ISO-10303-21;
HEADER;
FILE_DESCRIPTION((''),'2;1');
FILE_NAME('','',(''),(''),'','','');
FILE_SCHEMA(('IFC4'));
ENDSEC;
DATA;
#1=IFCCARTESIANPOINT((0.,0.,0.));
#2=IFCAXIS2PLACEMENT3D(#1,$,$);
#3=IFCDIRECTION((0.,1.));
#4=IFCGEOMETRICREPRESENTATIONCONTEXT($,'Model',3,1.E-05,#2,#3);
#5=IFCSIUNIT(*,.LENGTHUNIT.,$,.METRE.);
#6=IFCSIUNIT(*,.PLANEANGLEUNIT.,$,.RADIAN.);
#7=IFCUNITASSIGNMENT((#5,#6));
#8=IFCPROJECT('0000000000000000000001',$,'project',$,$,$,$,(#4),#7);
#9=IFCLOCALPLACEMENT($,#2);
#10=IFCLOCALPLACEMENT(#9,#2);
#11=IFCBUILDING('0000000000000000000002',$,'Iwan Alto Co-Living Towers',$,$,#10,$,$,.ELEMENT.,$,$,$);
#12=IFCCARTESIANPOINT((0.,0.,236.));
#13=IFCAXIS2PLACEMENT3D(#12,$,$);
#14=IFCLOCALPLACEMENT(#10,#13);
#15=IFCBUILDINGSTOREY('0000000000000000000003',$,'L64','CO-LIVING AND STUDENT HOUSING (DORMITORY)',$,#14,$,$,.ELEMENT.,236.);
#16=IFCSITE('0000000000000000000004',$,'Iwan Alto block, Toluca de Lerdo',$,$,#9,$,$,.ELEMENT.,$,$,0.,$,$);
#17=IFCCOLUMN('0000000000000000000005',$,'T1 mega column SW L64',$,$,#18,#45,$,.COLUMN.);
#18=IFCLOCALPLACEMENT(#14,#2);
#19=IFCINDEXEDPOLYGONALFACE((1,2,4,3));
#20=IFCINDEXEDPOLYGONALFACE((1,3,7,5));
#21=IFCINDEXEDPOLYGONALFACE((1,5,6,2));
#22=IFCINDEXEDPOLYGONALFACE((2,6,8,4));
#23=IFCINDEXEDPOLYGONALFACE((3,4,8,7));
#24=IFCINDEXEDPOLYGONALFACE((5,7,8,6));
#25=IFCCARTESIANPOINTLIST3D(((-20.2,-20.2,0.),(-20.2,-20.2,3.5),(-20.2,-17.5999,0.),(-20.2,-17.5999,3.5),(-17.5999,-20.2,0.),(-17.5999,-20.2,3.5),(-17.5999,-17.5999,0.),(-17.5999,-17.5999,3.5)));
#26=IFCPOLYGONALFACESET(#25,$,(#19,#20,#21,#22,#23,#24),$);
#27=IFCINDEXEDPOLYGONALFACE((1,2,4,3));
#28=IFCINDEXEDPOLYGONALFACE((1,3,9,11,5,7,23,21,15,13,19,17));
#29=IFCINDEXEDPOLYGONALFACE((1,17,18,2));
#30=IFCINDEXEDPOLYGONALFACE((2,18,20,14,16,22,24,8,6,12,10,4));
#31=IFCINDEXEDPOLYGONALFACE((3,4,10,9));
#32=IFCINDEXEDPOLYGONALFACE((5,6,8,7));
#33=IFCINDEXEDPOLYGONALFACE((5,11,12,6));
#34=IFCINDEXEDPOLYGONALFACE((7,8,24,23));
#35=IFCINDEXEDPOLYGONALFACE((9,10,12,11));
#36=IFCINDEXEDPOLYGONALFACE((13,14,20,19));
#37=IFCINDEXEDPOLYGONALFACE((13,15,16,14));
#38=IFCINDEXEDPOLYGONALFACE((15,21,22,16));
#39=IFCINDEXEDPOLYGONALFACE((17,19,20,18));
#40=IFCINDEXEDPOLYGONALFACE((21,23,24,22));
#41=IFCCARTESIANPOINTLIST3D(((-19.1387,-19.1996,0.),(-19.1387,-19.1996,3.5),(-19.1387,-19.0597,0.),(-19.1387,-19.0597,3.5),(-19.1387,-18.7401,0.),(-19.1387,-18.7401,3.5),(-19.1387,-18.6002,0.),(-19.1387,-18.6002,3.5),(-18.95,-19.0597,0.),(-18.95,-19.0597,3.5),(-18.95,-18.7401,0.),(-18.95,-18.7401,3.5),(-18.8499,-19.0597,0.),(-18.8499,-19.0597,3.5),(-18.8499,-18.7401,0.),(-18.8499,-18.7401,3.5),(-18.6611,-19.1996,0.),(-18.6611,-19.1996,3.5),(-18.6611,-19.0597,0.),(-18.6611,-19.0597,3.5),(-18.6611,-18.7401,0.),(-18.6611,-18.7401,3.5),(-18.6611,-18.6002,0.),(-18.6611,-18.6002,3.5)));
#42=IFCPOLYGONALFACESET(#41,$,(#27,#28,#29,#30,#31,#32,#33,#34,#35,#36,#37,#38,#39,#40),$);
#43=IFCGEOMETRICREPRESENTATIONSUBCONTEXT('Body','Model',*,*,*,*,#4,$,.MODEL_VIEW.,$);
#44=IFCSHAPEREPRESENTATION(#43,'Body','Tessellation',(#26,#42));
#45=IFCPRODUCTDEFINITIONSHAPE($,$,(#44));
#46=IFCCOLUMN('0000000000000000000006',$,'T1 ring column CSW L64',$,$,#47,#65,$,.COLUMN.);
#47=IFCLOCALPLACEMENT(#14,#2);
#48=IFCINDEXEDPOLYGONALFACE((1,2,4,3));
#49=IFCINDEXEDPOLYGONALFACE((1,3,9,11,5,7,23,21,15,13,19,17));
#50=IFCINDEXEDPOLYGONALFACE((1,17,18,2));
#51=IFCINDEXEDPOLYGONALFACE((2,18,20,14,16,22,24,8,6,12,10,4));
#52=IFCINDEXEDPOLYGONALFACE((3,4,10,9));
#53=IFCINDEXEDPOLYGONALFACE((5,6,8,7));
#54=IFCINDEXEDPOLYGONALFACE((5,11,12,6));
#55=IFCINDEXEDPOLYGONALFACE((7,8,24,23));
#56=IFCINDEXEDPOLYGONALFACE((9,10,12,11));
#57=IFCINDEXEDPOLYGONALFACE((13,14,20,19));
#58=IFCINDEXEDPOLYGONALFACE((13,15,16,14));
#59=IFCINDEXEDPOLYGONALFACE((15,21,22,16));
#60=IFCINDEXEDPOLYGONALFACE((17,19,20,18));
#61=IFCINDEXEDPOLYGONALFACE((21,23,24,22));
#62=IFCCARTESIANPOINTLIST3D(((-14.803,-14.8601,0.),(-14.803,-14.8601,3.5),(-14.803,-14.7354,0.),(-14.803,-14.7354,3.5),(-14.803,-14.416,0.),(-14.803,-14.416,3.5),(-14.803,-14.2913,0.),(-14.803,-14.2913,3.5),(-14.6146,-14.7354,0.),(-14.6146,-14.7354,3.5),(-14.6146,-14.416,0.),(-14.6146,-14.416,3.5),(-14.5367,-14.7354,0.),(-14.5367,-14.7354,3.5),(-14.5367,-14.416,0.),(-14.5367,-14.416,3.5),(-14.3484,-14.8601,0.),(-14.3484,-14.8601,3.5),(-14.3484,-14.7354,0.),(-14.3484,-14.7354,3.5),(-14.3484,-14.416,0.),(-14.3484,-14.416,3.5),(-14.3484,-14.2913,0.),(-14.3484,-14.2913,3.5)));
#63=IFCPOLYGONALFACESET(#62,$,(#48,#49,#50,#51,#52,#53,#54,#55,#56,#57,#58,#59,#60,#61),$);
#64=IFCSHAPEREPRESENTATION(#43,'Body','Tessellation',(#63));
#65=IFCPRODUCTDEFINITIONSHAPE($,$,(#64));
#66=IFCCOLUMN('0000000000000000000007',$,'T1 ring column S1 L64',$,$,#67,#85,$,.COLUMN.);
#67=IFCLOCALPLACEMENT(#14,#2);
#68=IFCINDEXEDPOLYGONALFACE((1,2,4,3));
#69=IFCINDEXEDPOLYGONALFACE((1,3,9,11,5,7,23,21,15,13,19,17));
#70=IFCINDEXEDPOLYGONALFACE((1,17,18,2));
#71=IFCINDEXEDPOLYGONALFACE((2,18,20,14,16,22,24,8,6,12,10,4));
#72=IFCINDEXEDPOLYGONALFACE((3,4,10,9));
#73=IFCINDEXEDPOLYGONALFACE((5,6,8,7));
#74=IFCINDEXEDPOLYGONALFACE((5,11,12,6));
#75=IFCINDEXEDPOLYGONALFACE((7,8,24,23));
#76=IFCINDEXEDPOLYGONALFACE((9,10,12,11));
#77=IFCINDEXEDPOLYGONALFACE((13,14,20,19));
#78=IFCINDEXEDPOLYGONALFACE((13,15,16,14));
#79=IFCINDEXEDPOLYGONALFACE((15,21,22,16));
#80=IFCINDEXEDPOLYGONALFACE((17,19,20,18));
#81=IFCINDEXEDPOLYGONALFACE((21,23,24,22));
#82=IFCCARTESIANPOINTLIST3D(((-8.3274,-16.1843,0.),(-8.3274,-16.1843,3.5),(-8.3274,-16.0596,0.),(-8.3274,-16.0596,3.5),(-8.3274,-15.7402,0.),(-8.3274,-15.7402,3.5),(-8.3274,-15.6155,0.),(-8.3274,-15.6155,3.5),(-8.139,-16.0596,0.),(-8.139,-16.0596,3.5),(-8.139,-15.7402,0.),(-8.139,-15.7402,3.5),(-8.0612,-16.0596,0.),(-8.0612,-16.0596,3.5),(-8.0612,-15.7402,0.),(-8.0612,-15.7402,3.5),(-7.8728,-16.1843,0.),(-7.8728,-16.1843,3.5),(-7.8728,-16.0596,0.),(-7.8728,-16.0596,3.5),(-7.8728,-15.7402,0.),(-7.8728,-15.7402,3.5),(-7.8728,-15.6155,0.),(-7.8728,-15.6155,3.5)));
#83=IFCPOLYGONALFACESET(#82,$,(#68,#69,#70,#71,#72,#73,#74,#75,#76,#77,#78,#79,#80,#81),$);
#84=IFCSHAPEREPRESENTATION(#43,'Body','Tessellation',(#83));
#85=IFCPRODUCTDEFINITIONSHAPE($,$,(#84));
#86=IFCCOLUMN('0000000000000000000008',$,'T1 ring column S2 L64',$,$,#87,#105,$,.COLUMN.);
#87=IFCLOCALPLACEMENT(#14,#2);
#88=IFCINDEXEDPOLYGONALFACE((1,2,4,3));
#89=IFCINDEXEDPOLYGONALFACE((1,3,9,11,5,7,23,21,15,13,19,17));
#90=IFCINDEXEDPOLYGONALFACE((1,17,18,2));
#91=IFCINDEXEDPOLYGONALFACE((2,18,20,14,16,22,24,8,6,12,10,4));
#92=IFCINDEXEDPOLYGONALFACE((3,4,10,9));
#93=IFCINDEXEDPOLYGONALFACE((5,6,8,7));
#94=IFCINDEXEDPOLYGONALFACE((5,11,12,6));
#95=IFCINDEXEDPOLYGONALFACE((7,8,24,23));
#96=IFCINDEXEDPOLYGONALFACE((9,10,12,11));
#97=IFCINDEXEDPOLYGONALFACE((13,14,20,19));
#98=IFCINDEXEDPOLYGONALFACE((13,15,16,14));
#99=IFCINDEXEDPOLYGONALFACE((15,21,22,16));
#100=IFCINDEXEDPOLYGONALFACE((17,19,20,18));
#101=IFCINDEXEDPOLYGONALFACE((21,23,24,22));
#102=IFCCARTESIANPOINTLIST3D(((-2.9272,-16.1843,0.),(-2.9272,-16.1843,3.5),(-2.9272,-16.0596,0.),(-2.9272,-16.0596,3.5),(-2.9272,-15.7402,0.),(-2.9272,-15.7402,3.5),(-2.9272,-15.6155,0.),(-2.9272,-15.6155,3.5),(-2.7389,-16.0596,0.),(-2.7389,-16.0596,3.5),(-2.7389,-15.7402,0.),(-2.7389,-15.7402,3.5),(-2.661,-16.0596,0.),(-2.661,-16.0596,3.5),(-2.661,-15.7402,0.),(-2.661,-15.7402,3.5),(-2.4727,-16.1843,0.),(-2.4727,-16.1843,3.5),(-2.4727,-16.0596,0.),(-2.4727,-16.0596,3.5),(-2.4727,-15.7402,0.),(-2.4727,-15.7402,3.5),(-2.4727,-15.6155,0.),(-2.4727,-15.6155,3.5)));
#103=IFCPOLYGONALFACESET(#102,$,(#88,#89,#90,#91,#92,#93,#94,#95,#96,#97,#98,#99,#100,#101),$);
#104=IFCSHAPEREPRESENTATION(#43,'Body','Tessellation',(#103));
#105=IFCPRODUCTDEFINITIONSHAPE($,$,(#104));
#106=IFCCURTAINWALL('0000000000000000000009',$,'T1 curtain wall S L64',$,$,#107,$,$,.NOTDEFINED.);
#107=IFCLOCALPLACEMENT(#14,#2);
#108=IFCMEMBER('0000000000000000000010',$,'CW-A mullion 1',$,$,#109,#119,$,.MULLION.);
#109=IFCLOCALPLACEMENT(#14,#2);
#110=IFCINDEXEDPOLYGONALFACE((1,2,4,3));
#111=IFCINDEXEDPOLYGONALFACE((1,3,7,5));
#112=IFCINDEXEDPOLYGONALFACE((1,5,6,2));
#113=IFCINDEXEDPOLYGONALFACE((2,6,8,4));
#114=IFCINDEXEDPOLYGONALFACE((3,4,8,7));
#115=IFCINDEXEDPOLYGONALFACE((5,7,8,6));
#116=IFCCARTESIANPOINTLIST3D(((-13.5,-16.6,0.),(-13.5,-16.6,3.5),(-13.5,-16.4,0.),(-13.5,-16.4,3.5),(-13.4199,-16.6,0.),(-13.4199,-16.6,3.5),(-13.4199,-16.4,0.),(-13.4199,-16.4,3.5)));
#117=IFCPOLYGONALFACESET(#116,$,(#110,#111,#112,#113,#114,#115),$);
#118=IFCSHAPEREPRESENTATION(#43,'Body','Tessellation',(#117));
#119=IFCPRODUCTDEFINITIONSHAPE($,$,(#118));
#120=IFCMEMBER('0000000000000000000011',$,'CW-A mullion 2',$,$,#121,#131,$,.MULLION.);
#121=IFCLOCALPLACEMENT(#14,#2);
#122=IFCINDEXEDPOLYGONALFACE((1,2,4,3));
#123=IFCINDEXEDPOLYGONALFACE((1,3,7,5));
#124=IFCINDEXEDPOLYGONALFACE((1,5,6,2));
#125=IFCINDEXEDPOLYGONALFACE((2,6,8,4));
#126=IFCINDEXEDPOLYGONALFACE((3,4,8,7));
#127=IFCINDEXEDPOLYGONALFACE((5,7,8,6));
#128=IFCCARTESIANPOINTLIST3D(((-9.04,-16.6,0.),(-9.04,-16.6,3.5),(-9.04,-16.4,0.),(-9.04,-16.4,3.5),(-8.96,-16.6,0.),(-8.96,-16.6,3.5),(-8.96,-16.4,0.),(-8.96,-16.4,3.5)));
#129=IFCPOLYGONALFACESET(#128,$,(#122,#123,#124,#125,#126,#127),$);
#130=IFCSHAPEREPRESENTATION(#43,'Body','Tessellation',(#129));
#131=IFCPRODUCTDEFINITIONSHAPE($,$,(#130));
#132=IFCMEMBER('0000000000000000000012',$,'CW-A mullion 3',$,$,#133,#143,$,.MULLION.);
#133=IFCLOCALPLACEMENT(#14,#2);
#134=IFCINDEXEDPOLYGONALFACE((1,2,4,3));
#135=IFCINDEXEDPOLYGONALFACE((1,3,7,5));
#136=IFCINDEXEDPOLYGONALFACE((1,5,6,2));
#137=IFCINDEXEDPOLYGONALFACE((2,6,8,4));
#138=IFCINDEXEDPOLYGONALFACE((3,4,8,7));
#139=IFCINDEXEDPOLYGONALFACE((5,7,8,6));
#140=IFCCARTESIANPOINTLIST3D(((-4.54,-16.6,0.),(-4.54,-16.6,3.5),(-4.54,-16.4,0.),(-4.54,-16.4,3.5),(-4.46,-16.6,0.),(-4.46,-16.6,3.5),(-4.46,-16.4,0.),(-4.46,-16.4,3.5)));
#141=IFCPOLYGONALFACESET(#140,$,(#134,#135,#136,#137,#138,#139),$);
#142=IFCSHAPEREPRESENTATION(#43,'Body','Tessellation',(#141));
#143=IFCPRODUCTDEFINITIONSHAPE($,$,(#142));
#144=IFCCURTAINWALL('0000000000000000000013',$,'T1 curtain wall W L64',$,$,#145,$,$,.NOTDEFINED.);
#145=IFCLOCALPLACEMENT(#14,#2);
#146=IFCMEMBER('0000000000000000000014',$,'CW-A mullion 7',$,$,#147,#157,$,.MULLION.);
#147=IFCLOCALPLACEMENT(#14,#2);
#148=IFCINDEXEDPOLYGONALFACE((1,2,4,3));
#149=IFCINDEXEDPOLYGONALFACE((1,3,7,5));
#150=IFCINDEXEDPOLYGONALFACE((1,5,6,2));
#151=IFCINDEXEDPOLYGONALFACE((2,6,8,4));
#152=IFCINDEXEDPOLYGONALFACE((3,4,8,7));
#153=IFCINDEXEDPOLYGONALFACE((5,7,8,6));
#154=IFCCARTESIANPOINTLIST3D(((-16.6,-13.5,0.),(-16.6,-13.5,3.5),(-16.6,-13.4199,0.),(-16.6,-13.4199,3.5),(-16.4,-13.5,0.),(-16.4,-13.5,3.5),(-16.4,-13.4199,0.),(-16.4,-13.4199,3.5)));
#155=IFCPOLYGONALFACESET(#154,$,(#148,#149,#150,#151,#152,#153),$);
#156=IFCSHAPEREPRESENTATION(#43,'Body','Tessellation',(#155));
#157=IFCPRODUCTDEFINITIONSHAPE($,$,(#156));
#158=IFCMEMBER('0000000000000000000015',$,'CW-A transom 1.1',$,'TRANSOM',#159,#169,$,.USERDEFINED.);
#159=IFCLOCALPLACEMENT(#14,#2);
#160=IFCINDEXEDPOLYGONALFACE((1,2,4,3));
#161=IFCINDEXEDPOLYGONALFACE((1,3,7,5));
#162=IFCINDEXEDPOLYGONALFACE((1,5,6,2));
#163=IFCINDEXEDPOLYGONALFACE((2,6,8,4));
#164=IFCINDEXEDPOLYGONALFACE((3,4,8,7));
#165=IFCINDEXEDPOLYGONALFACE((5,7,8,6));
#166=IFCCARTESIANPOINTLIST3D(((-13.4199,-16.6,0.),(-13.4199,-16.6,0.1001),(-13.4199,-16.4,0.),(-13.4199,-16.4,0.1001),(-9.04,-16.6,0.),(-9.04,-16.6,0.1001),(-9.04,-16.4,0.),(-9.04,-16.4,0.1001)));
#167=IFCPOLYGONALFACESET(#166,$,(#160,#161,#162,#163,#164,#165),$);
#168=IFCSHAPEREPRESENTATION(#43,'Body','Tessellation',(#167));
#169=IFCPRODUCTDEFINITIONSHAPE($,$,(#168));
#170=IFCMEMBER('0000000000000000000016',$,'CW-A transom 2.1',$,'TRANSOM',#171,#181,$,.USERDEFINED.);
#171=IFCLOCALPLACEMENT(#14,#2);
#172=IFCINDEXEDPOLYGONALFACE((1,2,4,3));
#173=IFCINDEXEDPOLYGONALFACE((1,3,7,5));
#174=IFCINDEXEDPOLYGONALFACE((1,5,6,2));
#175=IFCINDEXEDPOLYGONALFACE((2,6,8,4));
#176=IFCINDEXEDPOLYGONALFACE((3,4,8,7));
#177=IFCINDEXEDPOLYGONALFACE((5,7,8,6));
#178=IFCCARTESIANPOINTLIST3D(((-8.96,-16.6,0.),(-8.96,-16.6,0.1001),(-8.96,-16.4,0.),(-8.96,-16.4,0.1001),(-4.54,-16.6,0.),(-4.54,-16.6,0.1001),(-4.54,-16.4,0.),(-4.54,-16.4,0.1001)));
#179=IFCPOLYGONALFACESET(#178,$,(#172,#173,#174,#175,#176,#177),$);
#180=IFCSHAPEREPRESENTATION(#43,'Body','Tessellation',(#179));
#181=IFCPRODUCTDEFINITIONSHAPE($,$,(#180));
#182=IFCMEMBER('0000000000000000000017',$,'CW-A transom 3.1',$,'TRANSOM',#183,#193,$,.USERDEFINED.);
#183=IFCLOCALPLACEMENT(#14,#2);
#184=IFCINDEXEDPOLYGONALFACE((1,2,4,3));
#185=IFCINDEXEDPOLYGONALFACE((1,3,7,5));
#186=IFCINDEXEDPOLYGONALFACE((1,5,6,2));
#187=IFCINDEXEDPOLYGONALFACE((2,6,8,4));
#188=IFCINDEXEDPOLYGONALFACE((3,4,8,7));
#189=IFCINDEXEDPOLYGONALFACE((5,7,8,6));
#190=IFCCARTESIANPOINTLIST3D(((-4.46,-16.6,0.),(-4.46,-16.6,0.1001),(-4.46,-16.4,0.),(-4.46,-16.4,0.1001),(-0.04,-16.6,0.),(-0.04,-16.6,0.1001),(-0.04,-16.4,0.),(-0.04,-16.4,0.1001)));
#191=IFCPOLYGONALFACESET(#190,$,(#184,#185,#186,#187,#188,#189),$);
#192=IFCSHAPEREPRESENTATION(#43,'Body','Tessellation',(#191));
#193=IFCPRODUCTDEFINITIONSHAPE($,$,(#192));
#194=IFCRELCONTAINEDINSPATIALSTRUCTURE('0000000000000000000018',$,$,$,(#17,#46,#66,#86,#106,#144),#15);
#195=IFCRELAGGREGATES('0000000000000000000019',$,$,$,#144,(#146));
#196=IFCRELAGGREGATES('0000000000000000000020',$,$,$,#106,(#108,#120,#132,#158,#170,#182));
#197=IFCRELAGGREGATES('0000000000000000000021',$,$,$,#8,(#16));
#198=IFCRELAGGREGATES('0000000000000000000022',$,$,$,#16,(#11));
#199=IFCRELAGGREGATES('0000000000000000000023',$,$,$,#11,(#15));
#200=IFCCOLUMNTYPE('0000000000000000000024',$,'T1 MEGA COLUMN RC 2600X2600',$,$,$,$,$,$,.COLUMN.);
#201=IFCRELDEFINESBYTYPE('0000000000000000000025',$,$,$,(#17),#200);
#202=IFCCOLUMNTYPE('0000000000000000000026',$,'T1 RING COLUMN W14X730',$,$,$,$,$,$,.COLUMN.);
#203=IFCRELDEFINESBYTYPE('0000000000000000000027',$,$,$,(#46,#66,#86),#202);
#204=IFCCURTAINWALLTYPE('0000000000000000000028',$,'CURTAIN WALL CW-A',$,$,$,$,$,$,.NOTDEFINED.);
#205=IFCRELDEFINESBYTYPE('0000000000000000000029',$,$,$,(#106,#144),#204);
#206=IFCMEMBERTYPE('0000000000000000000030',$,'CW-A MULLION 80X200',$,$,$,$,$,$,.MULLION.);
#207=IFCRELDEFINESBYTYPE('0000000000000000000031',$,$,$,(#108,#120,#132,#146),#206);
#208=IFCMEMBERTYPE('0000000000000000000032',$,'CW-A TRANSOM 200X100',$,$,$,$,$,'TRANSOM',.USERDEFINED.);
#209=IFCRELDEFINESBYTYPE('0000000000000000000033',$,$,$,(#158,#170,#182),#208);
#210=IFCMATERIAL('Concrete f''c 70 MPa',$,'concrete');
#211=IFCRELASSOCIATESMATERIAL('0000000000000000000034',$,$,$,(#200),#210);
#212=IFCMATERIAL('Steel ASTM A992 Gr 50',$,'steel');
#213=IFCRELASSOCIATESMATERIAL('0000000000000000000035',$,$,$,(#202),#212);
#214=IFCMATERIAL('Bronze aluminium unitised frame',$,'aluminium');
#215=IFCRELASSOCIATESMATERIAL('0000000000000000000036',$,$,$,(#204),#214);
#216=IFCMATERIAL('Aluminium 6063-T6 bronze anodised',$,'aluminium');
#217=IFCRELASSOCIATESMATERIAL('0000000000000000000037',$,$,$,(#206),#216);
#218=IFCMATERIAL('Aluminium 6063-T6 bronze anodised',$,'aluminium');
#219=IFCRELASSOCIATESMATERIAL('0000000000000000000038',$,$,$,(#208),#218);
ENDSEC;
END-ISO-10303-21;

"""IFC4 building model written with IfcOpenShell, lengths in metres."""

from ifc_helpers import new_model, si_unit, direction, frame, origin, origin_2d, place, context, subcontext, project, spatial, rectangle, i_section, extrude, material, material_profile, profile_set, type_object, element, aggregate, save


model = new_model("IFC4")

# Units and contexts
model_context = context("Model", 3, precision=1e-05, world=origin(), true_north=direction((0.0, 1.0)))
body_context = subcontext(model_context, "Body", "Model", "MODEL_VIEW")
ifc_project = project(units=[si_unit("LENGTHUNIT", "METRE"), si_unit("PLANEANGLEUNIT", "RADIAN")], contexts=[model_context])

# Site, building, storey
site_placement = place(None, origin())
site = spatial("IfcSite", under=ifc_project, at=site_placement, Name="Iwan Alto block, Toluca de Lerdo", CompositionType="ELEMENT", RefElevation=0.0)
building_placement = place(site_placement, origin())
building = spatial("IfcBuilding", under=site, at=building_placement, Name="Iwan Alto Co-Living Towers", CompositionType="ELEMENT")
storey_placement = place(building_placement, frame((0.0, 0.0, 236.0)))
storey = spatial("IfcBuildingStorey", under=building, at=storey_placement, Name="L64", Description="CO-LIVING AND STUDENT HOUSING (DORMITORY)", CompositionType="ELEMENT", Elevation=236.0)

# Columns
ifc_material_1 = material(Name="Concrete f'c 70 MPa", Category="concrete")
ifc_material_profile_1 = material_profile(ifc_material_1, rectangle(XDim=2.6001, YDim=2.6001, at=origin_2d()), Name="RC 2600X2600")
ifc_profile_set_1 = profile_set([ifc_material_profile_1], Name="Concrete f'c 70 MPa")
column_type_1 = type_object("IfcColumnType", Name="T1 MEGA COLUMN RC 2600X2600", PredefinedType="COLUMN", material=ifc_profile_set_1)
column_placement = place(storey_placement, frame((-18.8999, -18.8999, 0.0), z_axis=(0.0, 0.0, 1.0), x_axis=(1.0, 0.0, 0.0)))
element("IfcColumn", 1, at=column_placement, inside=storey, type_object=column_type_1, Name="T1 mega column SW L64", PredefinedType="COLUMN", context=body_context, shape_type="SweptSolid", body=[
    extrude(rectangle(XDim=2.6001, YDim=2.6001, at=origin_2d()), origin(), (0.0, 0.0, 1.0), 3.5),
    extrude(i_section(OverallWidth=0.4775, OverallDepth=0.5994, WebThickness=0.1001, FlangeThickness=0.1399, at=origin_2d()), origin(), (0.0, 0.0, 1.0), 3.5),
])
ifc_material_2 = material(Name="Steel ASTM A992 Gr 50", Category="steel")
ifc_material_profile_2 = material_profile(ifc_material_2, i_section(OverallWidth=0.4546, OverallDepth=0.5688, WebThickness=0.0779, FlangeThickness=0.1248, at=origin_2d()), Name="W14X730")
ifc_profile_set_2 = profile_set([ifc_material_profile_2], Name="Steel ASTM A992 Gr 50")
column_type_2 = type_object("IfcColumnType", Name="T1 RING COLUMN W14X730", PredefinedType="COLUMN", material=ifc_profile_set_2)
for number, where, z_axis, x_axis, name in (
    (2, (-14.5757, -14.5757, 0.0), (0.0, 0.0, 1.0), (1.0, 0.0, 0.0), "T1 ring column CSW L64"),
    (3, (-8.1001, -15.8999, 0.0), (0.0, 0.0, 1.0), (1.0, 0.0, 0.0), "T1 ring column S1 L64"),
    (4, (-2.7, -15.8999, 0.0), (0.0, 0.0, 1.0), (1.0, 0.0, 0.0), "T1 ring column S2 L64"),
):
    element("IfcColumn", number, at=place(storey_placement, frame(where, z_axis=z_axis, x_axis=x_axis)), inside=storey, type_object=column_type_2, Name=name, PredefinedType="COLUMN", context=body_context, shape_type="SweptSolid", body=[
        extrude(i_section(OverallWidth=0.4546, OverallDepth=0.5688, WebThickness=0.0779, FlangeThickness=0.1248, at=origin_2d()), origin(), (0.0, 0.0, 1.0), 3.5),
    ])

# Curtain wall, members
ifc_material_3 = material(Name="Bronze aluminium unitised frame", Category="aluminium")
curtain_wall_type_1 = type_object("IfcCurtainWallType", Name="CURTAIN WALL CW-A", PredefinedType="NOTDEFINED", material=ifc_material_3)
curtain_wall_1_placement = place(storey_placement, origin())
curtain_wall_1 = element("IfcCurtainWall", 5, at=curtain_wall_1_placement, inside=storey, type_object=curtain_wall_type_1, Name="T1 curtain wall S L64", PredefinedType="NOTDEFINED")
ifc_material_4 = material(Name="Aluminium 6063-T6 bronze anodised", Category="aluminium")
ifc_material_profile_3 = material_profile(ifc_material_4, rectangle(XDim=0.2, YDim=0.0801, at=origin_2d()), Name="AL 80X200")
ifc_profile_set_3 = profile_set([ifc_material_profile_3], Name="Aluminium 6063-T6 bronze anodised")
member_type_1 = type_object("IfcMemberType", Name="CW-A MULLION 80X200", PredefinedType="MULLION", material=ifc_profile_set_3)
member_1_placement = place(storey_placement, frame((-13.46, -16.5, 0.0), z_axis=(0.0, 0.0, 1.0), x_axis=(0.0, 1.0, 0.0)))
member_1 = element("IfcMember", 6, at=member_1_placement, type_object=member_type_1, Name="CW-A mullion 1", PredefinedType="MULLION", context=body_context, shape_type="SweptSolid", body=[
    extrude(rectangle(XDim=0.2, YDim=0.0801, at=origin_2d()), origin(), (0.0, 0.0, 1.0), 3.5),
])
member_2_placement = place(storey_placement, frame((-9.0, -16.5, 0.0), z_axis=(0.0, 0.0, 1.0), x_axis=(0.0, 1.0, 0.0)))
member_2 = element("IfcMember", 7, at=member_2_placement, type_object=member_type_1, Name="CW-A mullion 2", PredefinedType="MULLION", context=body_context, shape_type="SweptSolid", body=[
    extrude(rectangle(XDim=0.2, YDim=0.0801, at=origin_2d()), origin(), (0.0, 0.0, 1.0), 3.5),
])
member_3_placement = place(storey_placement, frame((-4.5, -16.5, 0.0), z_axis=(0.0, 0.0, 1.0), x_axis=(0.0, 1.0, 0.0)))
member_3 = element("IfcMember", 8, at=member_3_placement, type_object=member_type_1, Name="CW-A mullion 3", PredefinedType="MULLION", context=body_context, shape_type="SweptSolid", body=[
    extrude(rectangle(XDim=0.2, YDim=0.0801, at=origin_2d()), origin(), (0.0, 0.0, 1.0), 3.5),
])

# Curtain wall, member
curtain_wall_2_placement = place(storey_placement, origin())
curtain_wall_2 = element("IfcCurtainWall", 9, at=curtain_wall_2_placement, inside=storey, type_object=curtain_wall_type_1, Name="T1 curtain wall W L64", PredefinedType="NOTDEFINED")
member_4_placement = place(storey_placement, frame((-16.5, -13.46, 0.0), z_axis=(0.0, 0.0, 1.0), x_axis=(1.0, 0.0, 0.0)))
member_4 = element("IfcMember", 10, at=member_4_placement, type_object=member_type_1, Name="CW-A mullion 7", PredefinedType="MULLION", context=body_context, shape_type="SweptSolid", body=[
    extrude(rectangle(XDim=0.2, YDim=0.0801, at=origin_2d()), origin(), (0.0, 0.0, 1.0), 3.5),
])
aggregate(curtain_wall_2, [member_4])

# Members
ifc_material_5 = material(Name="Aluminium 6063-T6 bronze anodised", Category="aluminium")
ifc_material_profile_4 = material_profile(ifc_material_5, rectangle(XDim=0.2, YDim=0.1001, at=origin_2d()), Name="AL 200X100")
ifc_profile_set_4 = profile_set([ifc_material_profile_4], Name="Aluminium 6063-T6 bronze anodised")
member_type_2 = type_object("IfcMemberType", Name="CW-A TRANSOM 200X100", ElementType="TRANSOM", PredefinedType="USERDEFINED", material=ifc_profile_set_4)
member_5_placement = place(storey_placement, frame((-13.4199, -16.5, 0.05), z_axis=(1.0, 0.0, 0.0), x_axis=(0.0, 1.0, 0.0)))
member_5 = element("IfcMember", 11, at=member_5_placement, type_object=member_type_2, Name="CW-A transom 1.1", ObjectType="TRANSOM", PredefinedType="USERDEFINED", context=body_context, shape_type="SweptSolid", body=[
    extrude(rectangle(XDim=0.2, YDim=0.1001, at=origin_2d()), origin(), (0.0, 0.0, 1.0), 4.3799),
])
member_6_placement = place(storey_placement, frame((-8.96, -16.5, 0.05), z_axis=(1.0, 0.0, 0.0), x_axis=(0.0, 1.0, 0.0)))
member_6 = element("IfcMember", 12, at=member_6_placement, type_object=member_type_2, Name="CW-A transom 2.1", ObjectType="TRANSOM", PredefinedType="USERDEFINED", context=body_context, shape_type="SweptSolid", body=[
    extrude(rectangle(XDim=0.2, YDim=0.1001, at=origin_2d()), origin(), (0.0, 0.0, 1.0), 4.4199),
])
member_7_placement = place(storey_placement, frame((-4.46, -16.5, 0.05), z_axis=(1.0, 0.0, 0.0), x_axis=(0.0, 1.0, 0.0)))
member_7 = element("IfcMember", 13, at=member_7_placement, type_object=member_type_2, Name="CW-A transom 3.1", ObjectType="TRANSOM", PredefinedType="USERDEFINED", context=body_context, shape_type="SweptSolid", body=[
    extrude(rectangle(XDim=0.2, YDim=0.1001, at=origin_2d()), origin(), (0.0, 0.0, 1.0), 4.4199),
])

aggregate(curtain_wall_1, [member_1, member_2, member_3, member_5, member_6, member_7])

save(model, "model.ifc")
